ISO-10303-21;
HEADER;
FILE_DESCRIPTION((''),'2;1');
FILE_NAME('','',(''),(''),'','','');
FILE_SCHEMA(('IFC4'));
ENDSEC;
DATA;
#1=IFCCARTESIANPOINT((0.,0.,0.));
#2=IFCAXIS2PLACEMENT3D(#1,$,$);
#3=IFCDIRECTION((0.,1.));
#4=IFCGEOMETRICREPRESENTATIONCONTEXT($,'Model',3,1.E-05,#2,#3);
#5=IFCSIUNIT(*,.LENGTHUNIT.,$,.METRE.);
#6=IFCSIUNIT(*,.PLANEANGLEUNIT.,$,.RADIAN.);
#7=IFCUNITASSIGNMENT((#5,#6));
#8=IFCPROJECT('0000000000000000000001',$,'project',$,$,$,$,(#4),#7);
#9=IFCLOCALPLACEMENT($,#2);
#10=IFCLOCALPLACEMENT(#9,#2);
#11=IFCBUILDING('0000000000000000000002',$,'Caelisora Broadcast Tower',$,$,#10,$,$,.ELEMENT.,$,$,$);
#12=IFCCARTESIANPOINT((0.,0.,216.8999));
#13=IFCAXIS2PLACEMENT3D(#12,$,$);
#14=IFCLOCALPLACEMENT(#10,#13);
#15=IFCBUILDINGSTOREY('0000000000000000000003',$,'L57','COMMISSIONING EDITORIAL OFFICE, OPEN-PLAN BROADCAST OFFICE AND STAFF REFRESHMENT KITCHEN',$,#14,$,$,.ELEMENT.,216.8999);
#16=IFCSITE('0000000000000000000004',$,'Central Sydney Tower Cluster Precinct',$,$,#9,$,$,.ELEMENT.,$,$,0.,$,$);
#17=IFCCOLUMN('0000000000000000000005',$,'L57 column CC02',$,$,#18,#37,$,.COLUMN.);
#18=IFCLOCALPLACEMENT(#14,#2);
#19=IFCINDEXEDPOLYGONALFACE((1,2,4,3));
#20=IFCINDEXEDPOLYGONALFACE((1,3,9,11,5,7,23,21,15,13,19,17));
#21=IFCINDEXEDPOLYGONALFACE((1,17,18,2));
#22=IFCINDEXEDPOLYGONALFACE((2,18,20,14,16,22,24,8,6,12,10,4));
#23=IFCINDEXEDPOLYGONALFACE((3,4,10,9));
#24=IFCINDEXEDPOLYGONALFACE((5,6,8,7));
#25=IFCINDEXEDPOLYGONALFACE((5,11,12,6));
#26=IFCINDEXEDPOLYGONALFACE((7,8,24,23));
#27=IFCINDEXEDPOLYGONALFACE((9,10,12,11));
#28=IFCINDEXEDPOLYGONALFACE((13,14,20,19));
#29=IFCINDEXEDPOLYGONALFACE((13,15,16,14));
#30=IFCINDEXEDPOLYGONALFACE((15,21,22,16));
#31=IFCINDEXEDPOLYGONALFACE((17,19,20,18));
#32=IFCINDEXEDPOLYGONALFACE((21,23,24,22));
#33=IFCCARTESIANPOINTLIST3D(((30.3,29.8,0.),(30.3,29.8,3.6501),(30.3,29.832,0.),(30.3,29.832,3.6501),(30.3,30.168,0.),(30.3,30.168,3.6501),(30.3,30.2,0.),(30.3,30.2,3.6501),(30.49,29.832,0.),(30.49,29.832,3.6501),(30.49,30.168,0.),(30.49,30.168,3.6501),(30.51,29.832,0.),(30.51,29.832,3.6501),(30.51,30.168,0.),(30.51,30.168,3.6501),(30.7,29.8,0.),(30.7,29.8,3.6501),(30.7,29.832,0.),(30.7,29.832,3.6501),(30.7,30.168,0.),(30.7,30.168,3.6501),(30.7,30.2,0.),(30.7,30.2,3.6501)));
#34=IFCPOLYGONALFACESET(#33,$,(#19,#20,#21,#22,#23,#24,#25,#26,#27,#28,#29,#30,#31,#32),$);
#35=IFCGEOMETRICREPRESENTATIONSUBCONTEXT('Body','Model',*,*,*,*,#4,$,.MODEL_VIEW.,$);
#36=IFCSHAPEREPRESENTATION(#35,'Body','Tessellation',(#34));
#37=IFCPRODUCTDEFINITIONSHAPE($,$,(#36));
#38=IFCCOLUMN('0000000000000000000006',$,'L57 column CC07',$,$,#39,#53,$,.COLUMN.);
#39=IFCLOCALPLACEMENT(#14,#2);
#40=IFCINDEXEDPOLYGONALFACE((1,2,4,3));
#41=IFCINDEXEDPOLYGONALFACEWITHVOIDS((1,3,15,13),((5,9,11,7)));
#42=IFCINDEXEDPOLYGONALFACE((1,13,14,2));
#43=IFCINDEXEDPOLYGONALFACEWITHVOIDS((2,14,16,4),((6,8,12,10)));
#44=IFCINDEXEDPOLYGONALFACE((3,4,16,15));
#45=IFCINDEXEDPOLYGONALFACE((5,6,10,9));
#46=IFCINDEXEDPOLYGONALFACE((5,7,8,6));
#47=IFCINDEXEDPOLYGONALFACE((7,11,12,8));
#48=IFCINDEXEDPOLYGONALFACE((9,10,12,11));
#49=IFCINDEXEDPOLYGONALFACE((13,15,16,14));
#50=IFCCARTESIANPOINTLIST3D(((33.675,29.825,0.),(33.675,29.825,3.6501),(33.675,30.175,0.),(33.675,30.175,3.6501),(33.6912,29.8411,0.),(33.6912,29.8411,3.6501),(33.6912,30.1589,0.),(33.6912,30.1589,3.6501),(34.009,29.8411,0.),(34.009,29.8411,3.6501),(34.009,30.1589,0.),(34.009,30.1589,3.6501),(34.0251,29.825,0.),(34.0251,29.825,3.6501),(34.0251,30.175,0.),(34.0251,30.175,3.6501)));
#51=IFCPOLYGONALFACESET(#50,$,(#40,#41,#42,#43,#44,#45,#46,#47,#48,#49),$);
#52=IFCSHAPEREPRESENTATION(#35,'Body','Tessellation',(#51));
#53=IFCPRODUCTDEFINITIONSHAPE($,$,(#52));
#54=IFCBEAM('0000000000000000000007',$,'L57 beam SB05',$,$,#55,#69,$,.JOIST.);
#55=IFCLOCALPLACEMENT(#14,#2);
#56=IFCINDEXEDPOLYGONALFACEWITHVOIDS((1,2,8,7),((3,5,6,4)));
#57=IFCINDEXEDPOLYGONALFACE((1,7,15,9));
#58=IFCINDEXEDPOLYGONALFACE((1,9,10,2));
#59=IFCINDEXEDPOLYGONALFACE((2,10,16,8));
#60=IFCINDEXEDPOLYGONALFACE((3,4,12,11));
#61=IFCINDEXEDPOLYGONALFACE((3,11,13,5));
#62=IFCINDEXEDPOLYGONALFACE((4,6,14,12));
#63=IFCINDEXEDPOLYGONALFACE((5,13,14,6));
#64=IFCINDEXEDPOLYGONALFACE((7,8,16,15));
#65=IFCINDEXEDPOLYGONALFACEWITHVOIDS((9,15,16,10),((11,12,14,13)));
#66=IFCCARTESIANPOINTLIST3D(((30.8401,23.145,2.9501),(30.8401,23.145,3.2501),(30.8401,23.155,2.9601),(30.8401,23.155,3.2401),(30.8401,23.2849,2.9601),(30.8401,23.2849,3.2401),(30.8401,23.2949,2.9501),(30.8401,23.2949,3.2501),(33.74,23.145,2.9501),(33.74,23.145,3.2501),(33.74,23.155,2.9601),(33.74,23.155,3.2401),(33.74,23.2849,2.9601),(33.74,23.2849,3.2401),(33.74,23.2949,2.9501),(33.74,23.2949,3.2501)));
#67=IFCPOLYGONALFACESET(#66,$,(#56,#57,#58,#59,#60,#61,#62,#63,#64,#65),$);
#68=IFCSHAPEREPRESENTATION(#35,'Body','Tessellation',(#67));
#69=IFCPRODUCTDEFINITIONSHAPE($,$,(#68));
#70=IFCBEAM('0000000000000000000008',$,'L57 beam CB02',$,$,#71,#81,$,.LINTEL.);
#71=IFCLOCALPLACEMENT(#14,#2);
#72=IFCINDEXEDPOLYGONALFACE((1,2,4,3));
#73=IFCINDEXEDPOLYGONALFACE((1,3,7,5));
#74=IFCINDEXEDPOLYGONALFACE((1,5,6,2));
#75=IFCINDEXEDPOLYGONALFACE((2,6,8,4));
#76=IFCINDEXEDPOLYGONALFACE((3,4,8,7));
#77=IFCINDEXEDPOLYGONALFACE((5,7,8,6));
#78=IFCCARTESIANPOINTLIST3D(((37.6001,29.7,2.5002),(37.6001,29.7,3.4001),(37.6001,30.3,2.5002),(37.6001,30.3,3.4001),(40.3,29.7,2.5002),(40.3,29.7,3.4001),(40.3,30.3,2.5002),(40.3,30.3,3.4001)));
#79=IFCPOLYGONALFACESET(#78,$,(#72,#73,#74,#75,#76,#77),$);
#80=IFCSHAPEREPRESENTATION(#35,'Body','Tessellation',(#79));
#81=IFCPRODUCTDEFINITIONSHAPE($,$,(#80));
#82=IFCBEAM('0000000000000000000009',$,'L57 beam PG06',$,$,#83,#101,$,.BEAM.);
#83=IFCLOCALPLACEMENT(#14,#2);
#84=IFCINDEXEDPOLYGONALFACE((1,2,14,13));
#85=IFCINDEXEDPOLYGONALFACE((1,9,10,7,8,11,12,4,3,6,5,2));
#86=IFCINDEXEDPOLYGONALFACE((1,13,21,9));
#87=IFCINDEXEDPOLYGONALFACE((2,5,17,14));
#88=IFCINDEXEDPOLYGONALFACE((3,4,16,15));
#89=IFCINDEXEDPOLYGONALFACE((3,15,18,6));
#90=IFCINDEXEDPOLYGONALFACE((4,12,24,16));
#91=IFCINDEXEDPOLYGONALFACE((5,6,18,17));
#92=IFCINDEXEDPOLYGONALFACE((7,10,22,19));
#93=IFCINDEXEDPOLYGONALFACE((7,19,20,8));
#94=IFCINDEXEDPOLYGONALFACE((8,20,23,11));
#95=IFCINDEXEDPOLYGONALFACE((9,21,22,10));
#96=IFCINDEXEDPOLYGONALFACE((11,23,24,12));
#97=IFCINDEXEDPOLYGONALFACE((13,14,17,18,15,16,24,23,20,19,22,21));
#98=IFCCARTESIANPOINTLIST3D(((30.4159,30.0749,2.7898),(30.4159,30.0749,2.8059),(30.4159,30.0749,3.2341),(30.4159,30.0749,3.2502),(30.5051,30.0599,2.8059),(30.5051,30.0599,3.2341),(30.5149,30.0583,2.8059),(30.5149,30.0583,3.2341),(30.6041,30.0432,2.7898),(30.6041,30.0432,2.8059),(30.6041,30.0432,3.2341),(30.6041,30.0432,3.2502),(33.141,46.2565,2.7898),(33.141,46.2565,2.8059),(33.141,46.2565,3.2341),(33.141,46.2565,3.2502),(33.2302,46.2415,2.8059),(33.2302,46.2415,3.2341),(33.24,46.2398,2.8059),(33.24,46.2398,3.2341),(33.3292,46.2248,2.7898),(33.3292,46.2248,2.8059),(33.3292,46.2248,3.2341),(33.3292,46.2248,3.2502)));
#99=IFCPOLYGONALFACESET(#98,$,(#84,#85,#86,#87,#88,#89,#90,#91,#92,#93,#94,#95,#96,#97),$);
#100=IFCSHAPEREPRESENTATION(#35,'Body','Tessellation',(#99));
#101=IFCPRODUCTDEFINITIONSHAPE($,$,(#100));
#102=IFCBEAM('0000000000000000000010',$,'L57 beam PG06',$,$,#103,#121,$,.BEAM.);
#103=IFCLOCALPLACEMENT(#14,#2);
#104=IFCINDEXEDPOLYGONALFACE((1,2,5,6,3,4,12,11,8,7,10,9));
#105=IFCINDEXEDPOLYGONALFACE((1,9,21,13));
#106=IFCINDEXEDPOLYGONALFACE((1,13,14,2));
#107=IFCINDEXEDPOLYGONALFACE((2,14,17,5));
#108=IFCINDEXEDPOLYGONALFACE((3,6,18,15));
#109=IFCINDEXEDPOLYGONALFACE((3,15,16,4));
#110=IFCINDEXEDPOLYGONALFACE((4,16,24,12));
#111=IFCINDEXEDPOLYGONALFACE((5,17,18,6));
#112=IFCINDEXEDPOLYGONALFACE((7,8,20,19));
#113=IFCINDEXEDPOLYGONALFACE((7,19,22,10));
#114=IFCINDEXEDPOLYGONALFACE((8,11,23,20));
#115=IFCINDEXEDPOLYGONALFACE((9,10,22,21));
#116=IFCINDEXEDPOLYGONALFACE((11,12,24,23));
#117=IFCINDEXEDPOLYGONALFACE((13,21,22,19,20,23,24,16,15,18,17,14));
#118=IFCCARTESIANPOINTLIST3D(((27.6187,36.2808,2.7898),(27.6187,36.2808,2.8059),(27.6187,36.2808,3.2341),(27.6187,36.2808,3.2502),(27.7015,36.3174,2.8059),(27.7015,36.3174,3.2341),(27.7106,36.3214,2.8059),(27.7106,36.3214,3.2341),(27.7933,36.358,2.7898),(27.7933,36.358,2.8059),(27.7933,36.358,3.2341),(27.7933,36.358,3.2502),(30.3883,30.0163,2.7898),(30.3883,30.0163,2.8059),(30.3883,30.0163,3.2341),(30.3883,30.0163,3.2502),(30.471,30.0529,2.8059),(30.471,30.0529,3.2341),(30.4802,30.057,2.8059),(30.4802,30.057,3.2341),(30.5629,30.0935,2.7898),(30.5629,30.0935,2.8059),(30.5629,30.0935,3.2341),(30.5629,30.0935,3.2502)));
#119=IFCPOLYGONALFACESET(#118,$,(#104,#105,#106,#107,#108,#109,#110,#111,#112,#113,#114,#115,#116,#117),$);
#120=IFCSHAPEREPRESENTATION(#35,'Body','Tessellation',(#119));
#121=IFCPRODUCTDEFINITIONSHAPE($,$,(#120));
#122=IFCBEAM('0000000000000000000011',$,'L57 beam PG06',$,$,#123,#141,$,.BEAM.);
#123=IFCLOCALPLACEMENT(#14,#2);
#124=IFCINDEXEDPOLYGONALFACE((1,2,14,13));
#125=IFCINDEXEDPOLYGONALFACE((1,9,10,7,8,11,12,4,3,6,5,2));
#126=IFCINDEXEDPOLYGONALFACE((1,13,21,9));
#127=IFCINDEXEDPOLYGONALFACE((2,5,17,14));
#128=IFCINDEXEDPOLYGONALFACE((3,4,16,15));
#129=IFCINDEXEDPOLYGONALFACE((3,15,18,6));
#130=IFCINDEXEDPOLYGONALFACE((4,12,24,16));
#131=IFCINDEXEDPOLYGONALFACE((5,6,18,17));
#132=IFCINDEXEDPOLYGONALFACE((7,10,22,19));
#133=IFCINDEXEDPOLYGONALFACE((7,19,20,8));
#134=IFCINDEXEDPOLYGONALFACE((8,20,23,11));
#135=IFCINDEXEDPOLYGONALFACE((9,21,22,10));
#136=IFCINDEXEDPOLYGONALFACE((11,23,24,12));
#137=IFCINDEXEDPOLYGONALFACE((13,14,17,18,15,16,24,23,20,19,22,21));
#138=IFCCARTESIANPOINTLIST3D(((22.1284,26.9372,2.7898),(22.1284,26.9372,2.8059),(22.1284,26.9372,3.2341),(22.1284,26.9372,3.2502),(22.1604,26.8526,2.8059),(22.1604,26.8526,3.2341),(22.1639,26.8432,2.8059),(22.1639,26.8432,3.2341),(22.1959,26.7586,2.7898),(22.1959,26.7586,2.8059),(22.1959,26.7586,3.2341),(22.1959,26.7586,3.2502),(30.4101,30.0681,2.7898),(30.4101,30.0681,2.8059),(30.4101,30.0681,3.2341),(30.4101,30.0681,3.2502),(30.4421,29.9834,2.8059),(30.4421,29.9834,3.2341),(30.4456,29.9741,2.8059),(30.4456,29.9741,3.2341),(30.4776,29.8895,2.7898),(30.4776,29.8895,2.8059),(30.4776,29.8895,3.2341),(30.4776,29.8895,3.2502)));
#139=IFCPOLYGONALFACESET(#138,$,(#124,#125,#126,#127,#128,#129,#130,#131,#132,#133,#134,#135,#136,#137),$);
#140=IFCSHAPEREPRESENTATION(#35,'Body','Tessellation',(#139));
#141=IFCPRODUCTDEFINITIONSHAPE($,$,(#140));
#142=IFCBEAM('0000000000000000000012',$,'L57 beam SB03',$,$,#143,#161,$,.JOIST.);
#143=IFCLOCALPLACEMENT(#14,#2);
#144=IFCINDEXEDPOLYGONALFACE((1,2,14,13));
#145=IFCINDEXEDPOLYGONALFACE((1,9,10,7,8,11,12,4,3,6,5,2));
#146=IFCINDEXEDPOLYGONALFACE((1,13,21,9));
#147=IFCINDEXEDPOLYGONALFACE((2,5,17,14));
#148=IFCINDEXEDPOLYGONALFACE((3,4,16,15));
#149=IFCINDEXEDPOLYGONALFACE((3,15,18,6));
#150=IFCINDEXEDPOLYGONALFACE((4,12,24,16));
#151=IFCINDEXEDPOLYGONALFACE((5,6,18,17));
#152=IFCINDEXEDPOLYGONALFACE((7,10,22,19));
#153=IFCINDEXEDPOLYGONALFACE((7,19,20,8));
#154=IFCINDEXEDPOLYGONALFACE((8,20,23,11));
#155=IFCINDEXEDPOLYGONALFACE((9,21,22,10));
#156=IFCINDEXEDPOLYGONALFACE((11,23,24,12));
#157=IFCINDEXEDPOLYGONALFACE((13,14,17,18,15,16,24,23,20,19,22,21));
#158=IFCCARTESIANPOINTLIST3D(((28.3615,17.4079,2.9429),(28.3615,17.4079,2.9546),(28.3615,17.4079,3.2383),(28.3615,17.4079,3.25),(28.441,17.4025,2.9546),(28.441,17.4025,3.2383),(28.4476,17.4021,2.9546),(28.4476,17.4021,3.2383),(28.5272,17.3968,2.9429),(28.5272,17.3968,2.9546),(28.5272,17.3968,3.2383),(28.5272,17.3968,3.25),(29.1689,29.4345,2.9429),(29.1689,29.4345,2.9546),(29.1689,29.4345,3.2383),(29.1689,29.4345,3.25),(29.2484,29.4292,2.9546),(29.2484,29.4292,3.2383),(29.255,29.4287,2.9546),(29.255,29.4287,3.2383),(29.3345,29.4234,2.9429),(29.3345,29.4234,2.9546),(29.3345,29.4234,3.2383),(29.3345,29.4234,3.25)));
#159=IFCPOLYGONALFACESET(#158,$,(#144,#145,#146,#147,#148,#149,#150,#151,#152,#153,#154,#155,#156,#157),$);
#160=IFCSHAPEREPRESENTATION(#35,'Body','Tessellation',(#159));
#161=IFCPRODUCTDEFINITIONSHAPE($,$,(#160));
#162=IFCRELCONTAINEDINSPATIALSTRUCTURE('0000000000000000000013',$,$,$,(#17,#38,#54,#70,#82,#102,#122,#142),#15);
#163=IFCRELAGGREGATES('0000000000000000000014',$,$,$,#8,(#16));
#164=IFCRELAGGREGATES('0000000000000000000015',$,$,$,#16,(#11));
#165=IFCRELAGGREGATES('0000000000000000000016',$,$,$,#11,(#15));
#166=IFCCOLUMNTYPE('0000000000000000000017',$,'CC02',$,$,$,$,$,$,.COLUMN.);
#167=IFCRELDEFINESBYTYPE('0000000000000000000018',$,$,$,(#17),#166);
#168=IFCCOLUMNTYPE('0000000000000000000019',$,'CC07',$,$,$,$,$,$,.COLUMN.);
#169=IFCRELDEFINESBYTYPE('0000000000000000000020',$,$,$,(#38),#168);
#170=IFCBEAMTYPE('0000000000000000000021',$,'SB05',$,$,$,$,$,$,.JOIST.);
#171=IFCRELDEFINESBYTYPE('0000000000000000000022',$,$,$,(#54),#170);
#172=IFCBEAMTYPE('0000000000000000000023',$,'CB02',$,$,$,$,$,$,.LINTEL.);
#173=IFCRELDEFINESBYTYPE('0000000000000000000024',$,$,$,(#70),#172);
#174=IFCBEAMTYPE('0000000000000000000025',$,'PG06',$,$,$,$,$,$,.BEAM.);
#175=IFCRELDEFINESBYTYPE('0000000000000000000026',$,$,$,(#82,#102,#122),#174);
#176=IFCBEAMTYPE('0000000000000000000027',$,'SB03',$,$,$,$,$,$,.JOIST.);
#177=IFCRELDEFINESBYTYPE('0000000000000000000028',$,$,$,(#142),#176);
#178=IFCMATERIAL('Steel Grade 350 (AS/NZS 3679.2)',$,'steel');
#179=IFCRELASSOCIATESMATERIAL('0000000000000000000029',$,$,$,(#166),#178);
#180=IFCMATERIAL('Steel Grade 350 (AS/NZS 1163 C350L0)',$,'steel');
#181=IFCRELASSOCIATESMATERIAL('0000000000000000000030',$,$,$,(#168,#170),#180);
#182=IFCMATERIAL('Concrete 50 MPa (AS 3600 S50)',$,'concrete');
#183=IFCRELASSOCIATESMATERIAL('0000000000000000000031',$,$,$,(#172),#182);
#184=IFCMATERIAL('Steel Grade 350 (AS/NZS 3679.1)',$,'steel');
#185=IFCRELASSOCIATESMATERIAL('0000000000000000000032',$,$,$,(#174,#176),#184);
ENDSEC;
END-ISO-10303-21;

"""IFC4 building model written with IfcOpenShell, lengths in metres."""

from ifc_helpers import new_model, si_unit, direction, frame, origin, origin_2d, place, context, subcontext, project, spatial, rectangle, hollow_rectangle, i_section, extrude, source, transform, mapped, material, material_profile, profile_set, type_object, type_shapes, element, save


model = new_model("IFC4")

# Units and contexts
model_context = context("Model", 3, precision=1e-05, world=origin(), true_north=direction((0.0, 1.0)))
body_context = subcontext(model_context, "Body", "Model", "MODEL_VIEW")
ifc_project = project(units=[si_unit("LENGTHUNIT", "METRE"), si_unit("PLANEANGLEUNIT", "RADIAN")], contexts=[model_context])

# Site, building, storey
site_placement = place(None, origin())
site = spatial("IfcSite", under=ifc_project, at=site_placement, Name="Central Sydney Tower Cluster Precinct", CompositionType="ELEMENT", RefElevation=0.0)
building_placement = place(site_placement, origin())
building = spatial("IfcBuilding", under=site, at=building_placement, Name="Caelisora Broadcast Tower", CompositionType="ELEMENT")
storey_placement = place(building_placement, frame((0.0, 0.0, 216.8999)))
storey = spatial("IfcBuildingStorey", under=building, at=storey_placement, Name="L57", Description="COMMISSIONING EDITORIAL OFFICE, OPEN-PLAN BROADCAST OFFICE AND STAFF REFRESHMENT KITCHEN", CompositionType="ELEMENT", Elevation=216.8999)

# Columns
ifc_material_1 = material(Name="Steel Grade 350 (AS/NZS 3679.2)", Category="steel")
ifc_material_profile_1 = material_profile(ifc_material_1, i_section(OverallWidth=0.3999, OverallDepth=0.3999, WebThickness=0.02, FlangeThickness=0.032, at=origin_2d()), Name="Steel Grade 350 (AS/NZS 3679.2)")
ifc_profile_set_1 = profile_set([ifc_material_profile_1], Name="Steel Grade 350 (AS/NZS 3679.2)")
column_type_1 = type_object("IfcColumnType", Name="CC02", PredefinedType="COLUMN", material=ifc_profile_set_1)
shared_shape_1 = source(origin(), body_context, "Body", "SweptSolid", [
    extrude(i_section(OverallWidth=0.3999, OverallDepth=0.3999, WebThickness=0.02, FlangeThickness=0.032, at=origin_2d()), origin(), (0.0, 0.0, 1.0), 3.6501),
])
type_shapes(column_type_1, [shared_shape_1])
column_1_placement = place(storey_placement, frame((30.5, 30.0, 0.0), z_axis=(0.0, 0.0, 1.0), x_axis=(1.0, 0.0, 0.0)))
element("IfcColumn", 1, at=column_1_placement, inside=storey, type_object=column_type_1, Name="L57 column CC02", PredefinedType="COLUMN", context=body_context, shape_type="MappedRepresentation", body=[
    mapped(shared_shape_1, transform((0.0, 0.0, 0.0), scale=1.0)),
])
ifc_material_2 = material(Name="Steel Grade 350 (AS/NZS 1163 C350L0)", Category="steel")
ifc_material_profile_2 = material_profile(ifc_material_2, hollow_rectangle(XDim=0.3501, YDim=0.3501, WallThickness=0.0161, at=origin_2d()), Name="Steel Grade 350 (AS/NZS 1163 C350L0)")
ifc_profile_set_2 = profile_set([ifc_material_profile_2], Name="Steel Grade 350 (AS/NZS 1163 C350L0)")
column_type_2 = type_object("IfcColumnType", Name="CC07", PredefinedType="COLUMN", material=ifc_profile_set_2)
shared_shape_2 = source(origin(), body_context, "Body", "SweptSolid", [
    extrude(hollow_rectangle(XDim=0.3501, YDim=0.3501, WallThickness=0.0161, at=origin_2d()), origin(), (0.0, 0.0, 1.0), 3.6501),
])
type_shapes(column_type_2, [shared_shape_2])
column_2_placement = place(storey_placement, frame((33.8501, 30.0, 0.0), z_axis=(0.0, 0.0, 1.0), x_axis=(1.0, 0.0, 0.0)))
element("IfcColumn", 2, at=column_2_placement, inside=storey, type_object=column_type_2, Name="L57 column CC07", PredefinedType="COLUMN", context=body_context, shape_type="MappedRepresentation", body=[
    mapped(shared_shape_2, transform((0.0, 0.0, 0.0), scale=1.0)),
])

# Beams
ifc_material_profile_3 = material_profile(ifc_material_2, hollow_rectangle(XDim=0.1499, YDim=0.3, WallThickness=0.01, at=origin_2d()), Name="Steel Grade 350 (AS/NZS 1163 C350L0)")
ifc_profile_set_3 = profile_set([ifc_material_profile_3], Name="Steel Grade 350 (AS/NZS 1163 C350L0)")
beam_type_1 = type_object("IfcBeamType", Name="SB05", PredefinedType="JOIST", material=ifc_profile_set_3)
shared_shape_3 = source(origin(), body_context, "Body", "SweptSolid", [
    extrude(hollow_rectangle(XDim=0.1499, YDim=0.3, WallThickness=0.01, at=origin_2d()), origin(), (0.0, 0.0, 1.0), 2.8999),
])
type_shapes(beam_type_1, [shared_shape_3])
beam_1_placement = place(storey_placement, frame((30.8401, 23.22, 3.1001), z_axis=(1.0, 0.0, 0.0), x_axis=(0.0, 1.0, 0.0)))
element("IfcBeam", 3, at=beam_1_placement, inside=storey, type_object=beam_type_1, Name="L57 beam SB05", PredefinedType="JOIST", context=body_context, shape_type="MappedRepresentation", body=[
    mapped(shared_shape_3, transform((0.0, 0.0, 0.0), scale=1.0)),
])
ifc_material_3 = material(Name="Concrete 50 MPa (AS 3600 S50)", Category="concrete")
ifc_material_profile_4 = material_profile(ifc_material_3, rectangle(XDim=0.6001, YDim=0.8999, at=origin_2d()), Name="Concrete 50 MPa (AS 3600 S50)")
ifc_profile_set_4 = profile_set([ifc_material_profile_4], Name="Concrete 50 MPa (AS 3600 S50)")
beam_type_2 = type_object("IfcBeamType", Name="CB02", PredefinedType="LINTEL", material=ifc_profile_set_4)
shared_shape_4 = source(origin(), body_context, "Body", "SweptSolid", [
    extrude(rectangle(XDim=0.6001, YDim=0.8999, at=origin_2d()), origin(), (0.0, 0.0, 1.0), 2.7),
])
type_shapes(beam_type_2, [shared_shape_4])
beam_2_placement = place(storey_placement, frame((37.6001, 30.0, 2.9502), z_axis=(1.0, 0.0, 0.0), x_axis=(0.0, 1.0, 0.0)))
element("IfcBeam", 4, at=beam_2_placement, inside=storey, type_object=beam_type_2, Name="L57 beam CB02", PredefinedType="LINTEL", context=body_context, shape_type="MappedRepresentation", body=[
    mapped(shared_shape_4, transform((0.0, 0.0, 0.0), scale=1.0)),
])
ifc_material_4 = material(Name="Steel Grade 350 (AS/NZS 3679.1)", Category="steel")
ifc_material_profile_5 = material_profile(ifc_material_4, i_section(OverallWidth=0.1909, OverallDepth=0.4604, WebThickness=0.01, FlangeThickness=0.0161, at=origin_2d()), Name="Steel Grade 350 (AS/NZS 3679.1)")
ifc_profile_set_5 = profile_set([ifc_material_profile_5], Name="Steel Grade 350 (AS/NZS 3679.1)")
beam_type_3 = type_object("IfcBeamType", Name="PG06", PredefinedType="BEAM", material=ifc_profile_set_5)
shared_shape_5 = source(origin(), body_context, "Body", "SweptSolid", [
    extrude(i_section(OverallWidth=0.1909, OverallDepth=0.4604, WebThickness=0.01, FlangeThickness=0.0161, at=origin_2d()), origin(), (0.0, 0.0, 1.0), 16.4094),
])
beam_3_placement = place(storey_placement, frame((30.51, 30.0591, 3.02), z_axis=(0.166068, 0.986114, 0.0), x_axis=(-0.986114, 0.166068, 0.0)))
element("IfcBeam", 5, at=beam_3_placement, inside=storey, type_object=beam_type_3, Name="L57 beam PG06", PredefinedType="BEAM", context=body_context, shape_type="MappedRepresentation", body=[
    mapped(shared_shape_5, transform((0.0, 0.0, 0.0), scale=1.0)),
])
shared_shape_6 = source(origin(), body_context, "Body", "SweptSolid", [
    extrude(i_section(OverallWidth=0.1909, OverallDepth=0.4604, WebThickness=0.01, FlangeThickness=0.0161, at=origin_2d()), origin(), (0.0, 0.0, 1.0), 6.8494),
])
beam_4_placement = place(storey_placement, frame((30.4756, 30.0549, 3.02), z_axis=(-0.404352, 0.914604, 0.0), x_axis=(-0.914604, -0.404352, 0.0)))
element("IfcBeam", 6, at=beam_4_placement, inside=storey, type_object=beam_type_3, Name="L57 beam PG06", PredefinedType="BEAM", context=body_context, shape_type="MappedRepresentation", body=[
    mapped(shared_shape_6, transform((0.0, 0.0, 0.0), scale=1.0)),
])
shared_shape_7 = source(origin(), body_context, "Body", "SweptSolid", [
    extrude(i_section(OverallWidth=0.1909, OverallDepth=0.4604, WebThickness=0.01, FlangeThickness=0.0161, at=origin_2d()), origin(), (0.0, 0.0, 1.0), 8.8538),
])
type_shapes(beam_type_3, [shared_shape_5, shared_shape_6, shared_shape_7])
beam_5_placement = place(storey_placement, frame((30.4438, 29.9788, 3.02), z_axis=(-0.93539, -0.353618, 0.0), x_axis=(0.353618, -0.93539, 0.0)))
element("IfcBeam", 7, at=beam_5_placement, inside=storey, type_object=beam_type_3, Name="L57 beam PG06", PredefinedType="BEAM", context=body_context, shape_type="MappedRepresentation", body=[
    mapped(shared_shape_7, transform((0.0, 0.0, 0.0), scale=1.0)),
])
ifc_material_profile_6 = material_profile(ifc_material_4, i_section(OverallWidth=0.166, OverallDepth=0.3071, WebThickness=0.0066, FlangeThickness=0.0117, at=origin_2d()), Name="Steel Grade 350 (AS/NZS 3679.1)")
ifc_profile_set_6 = profile_set([ifc_material_profile_6], Name="Steel Grade 350 (AS/NZS 3679.1)")
beam_type_4 = type_object("IfcBeamType", Name="SB03", PredefinedType="JOIST", material=ifc_profile_set_6)
shared_shape_8 = source(origin(), body_context, "Body", "SweptSolid", [
    extrude(i_section(OverallWidth=0.166, OverallDepth=0.3071, WebThickness=0.0066, FlangeThickness=0.0117, at=origin_2d()), origin(), (0.0, 0.0, 1.0), 12.0537),
])
beam_6_placement = place(storey_placement, frame((29.2517, 29.429, 3.0964), z_axis=(-0.066981, -0.997754, 0.0), x_axis=(0.997754, -0.066981, 0.0)))
element("IfcBeam", 8, at=beam_6_placement, inside=storey, type_object=beam_type_4, Name="L57 beam SB03", PredefinedType="JOIST", context=body_context, shape_type="MappedRepresentation", body=[
    mapped(shared_shape_8, transform((0.0, 0.0, 0.0), scale=1.0)),
])

save(model, "model.ifc")
